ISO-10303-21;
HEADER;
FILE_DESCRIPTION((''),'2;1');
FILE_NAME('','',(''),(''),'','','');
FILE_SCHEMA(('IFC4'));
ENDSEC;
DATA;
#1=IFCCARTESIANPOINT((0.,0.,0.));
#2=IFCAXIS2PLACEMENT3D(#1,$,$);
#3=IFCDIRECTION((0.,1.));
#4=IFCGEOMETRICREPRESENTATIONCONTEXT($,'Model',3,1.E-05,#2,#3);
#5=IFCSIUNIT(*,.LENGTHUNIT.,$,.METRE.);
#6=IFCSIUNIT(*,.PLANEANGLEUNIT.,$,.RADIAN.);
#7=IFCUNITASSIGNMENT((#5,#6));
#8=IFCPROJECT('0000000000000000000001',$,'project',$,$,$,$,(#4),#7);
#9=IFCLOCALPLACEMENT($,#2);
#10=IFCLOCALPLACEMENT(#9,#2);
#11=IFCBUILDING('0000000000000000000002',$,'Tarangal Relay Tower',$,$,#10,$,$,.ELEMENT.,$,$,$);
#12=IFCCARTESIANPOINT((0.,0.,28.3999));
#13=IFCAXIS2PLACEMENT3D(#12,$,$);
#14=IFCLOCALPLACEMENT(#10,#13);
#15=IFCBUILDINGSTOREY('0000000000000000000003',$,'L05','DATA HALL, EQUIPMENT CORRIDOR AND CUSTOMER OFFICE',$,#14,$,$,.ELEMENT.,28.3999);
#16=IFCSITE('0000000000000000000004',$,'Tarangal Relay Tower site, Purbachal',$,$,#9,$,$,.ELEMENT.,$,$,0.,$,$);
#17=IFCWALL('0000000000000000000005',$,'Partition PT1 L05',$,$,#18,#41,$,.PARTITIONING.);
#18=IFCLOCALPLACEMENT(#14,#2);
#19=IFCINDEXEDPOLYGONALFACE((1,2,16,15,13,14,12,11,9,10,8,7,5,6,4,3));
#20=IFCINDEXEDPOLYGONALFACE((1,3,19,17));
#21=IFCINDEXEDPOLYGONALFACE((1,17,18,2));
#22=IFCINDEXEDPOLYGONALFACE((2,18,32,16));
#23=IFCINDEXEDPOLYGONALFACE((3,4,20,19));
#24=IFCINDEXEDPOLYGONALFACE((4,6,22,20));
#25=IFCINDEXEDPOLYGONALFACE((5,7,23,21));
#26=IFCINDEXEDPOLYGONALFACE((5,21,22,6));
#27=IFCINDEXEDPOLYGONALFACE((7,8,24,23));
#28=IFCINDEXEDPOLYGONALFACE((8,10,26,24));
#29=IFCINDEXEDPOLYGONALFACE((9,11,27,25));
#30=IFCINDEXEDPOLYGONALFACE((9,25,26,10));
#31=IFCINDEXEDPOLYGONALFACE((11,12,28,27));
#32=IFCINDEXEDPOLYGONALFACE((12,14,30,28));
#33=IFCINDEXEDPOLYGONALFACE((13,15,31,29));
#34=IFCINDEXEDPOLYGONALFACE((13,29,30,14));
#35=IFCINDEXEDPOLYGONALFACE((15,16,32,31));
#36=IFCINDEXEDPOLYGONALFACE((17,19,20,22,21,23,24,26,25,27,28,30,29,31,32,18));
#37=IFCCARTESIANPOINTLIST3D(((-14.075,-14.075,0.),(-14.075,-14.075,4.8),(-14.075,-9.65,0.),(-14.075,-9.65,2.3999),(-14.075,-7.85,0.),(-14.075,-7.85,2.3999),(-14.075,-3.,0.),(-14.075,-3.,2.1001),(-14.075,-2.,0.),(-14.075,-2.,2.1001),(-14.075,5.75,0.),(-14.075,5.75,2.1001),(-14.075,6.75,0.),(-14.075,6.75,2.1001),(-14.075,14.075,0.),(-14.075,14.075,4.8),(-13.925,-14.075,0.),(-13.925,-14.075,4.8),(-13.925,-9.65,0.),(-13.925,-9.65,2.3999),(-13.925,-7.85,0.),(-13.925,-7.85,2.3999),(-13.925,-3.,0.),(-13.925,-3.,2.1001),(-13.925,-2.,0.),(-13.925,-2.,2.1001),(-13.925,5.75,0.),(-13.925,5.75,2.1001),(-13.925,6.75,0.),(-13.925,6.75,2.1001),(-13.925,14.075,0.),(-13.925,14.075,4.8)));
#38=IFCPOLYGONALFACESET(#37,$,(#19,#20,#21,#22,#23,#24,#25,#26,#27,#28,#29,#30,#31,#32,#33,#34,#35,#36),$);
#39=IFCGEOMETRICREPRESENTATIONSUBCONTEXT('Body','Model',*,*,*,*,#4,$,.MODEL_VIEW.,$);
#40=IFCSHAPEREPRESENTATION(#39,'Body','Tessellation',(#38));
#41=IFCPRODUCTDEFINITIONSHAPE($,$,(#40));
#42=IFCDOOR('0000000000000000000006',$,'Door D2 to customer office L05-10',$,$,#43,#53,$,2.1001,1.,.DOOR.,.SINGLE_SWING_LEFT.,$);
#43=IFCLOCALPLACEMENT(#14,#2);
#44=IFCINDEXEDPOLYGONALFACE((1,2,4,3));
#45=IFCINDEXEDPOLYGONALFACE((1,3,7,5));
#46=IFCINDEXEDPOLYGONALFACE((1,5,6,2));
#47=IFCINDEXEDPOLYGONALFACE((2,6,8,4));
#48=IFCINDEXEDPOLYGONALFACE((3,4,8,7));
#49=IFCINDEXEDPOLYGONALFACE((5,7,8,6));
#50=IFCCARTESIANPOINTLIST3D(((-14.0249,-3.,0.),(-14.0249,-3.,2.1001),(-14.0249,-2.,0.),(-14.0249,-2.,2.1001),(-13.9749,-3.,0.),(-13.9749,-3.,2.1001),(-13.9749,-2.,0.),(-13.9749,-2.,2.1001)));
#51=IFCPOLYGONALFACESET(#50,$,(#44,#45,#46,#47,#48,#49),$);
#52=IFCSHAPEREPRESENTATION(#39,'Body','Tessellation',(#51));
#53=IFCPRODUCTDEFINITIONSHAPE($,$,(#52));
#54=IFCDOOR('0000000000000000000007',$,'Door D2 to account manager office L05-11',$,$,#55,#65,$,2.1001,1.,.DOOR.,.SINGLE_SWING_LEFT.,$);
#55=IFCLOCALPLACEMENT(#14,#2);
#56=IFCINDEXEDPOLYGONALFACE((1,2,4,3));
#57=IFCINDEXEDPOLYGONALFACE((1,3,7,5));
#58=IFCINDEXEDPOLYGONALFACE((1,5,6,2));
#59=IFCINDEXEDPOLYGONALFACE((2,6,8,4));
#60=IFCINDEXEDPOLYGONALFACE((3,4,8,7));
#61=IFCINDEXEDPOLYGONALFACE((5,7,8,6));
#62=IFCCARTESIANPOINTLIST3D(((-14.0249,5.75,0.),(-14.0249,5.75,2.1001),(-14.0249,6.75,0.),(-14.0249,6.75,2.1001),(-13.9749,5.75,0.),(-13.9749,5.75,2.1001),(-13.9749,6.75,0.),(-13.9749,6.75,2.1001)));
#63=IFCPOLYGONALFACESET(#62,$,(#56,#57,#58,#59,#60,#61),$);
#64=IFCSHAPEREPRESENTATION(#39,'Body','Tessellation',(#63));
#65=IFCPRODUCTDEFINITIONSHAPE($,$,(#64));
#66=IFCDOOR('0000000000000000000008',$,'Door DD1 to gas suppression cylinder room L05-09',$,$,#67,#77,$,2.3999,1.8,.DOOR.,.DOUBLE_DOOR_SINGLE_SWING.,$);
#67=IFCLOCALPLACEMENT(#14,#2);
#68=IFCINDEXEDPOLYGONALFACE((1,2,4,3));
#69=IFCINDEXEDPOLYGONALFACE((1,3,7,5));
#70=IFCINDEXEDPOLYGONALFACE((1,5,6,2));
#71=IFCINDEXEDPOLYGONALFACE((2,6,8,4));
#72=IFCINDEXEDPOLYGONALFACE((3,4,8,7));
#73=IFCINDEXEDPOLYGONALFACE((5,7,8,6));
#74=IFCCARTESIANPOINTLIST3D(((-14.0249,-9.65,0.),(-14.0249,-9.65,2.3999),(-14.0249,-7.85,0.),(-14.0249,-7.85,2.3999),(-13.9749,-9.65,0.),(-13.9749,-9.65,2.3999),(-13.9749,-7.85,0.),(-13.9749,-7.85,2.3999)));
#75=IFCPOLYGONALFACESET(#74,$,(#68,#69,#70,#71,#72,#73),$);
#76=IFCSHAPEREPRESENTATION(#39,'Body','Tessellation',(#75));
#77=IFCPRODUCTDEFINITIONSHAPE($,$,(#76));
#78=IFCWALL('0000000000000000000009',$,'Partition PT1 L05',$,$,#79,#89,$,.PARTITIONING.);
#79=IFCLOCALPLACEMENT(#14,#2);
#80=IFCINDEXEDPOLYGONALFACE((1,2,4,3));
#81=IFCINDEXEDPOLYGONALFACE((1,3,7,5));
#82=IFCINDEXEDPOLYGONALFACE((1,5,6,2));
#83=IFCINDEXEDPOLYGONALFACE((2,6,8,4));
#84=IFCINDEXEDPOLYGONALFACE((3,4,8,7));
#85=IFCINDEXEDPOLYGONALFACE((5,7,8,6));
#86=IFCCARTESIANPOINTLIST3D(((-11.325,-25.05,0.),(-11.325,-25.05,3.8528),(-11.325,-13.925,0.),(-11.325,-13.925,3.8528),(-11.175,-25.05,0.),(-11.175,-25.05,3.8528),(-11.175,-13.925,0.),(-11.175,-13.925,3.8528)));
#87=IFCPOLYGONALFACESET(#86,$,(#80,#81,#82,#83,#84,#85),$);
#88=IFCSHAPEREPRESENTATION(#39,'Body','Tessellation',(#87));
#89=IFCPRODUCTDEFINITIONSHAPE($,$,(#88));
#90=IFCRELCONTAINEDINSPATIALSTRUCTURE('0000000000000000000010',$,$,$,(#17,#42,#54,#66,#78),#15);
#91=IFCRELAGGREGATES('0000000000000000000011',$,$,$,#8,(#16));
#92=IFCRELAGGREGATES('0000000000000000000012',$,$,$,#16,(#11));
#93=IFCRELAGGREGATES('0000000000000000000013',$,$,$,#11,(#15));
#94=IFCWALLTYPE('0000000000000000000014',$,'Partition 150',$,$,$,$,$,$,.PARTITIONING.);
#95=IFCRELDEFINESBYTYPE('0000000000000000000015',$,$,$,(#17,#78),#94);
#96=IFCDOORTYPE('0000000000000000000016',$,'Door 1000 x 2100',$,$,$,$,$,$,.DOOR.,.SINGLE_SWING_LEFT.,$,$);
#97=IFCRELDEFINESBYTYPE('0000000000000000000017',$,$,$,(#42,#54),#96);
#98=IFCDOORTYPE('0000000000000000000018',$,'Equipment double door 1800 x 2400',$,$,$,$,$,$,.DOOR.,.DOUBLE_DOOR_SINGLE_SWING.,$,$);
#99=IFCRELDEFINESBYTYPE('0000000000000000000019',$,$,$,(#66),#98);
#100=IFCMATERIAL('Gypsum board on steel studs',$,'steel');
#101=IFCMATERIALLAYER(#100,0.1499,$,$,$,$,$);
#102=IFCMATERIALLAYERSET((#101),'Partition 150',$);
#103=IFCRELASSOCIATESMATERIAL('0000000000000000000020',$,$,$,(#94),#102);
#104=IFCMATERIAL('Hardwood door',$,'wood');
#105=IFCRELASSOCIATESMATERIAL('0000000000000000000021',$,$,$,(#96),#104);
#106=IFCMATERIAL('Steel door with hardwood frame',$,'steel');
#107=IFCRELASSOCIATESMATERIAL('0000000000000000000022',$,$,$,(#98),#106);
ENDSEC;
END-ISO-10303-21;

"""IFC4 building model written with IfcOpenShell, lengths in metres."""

from ifc_helpers import new_model, si_unit, direction, frame, frame_2d, origin, place, context, subcontext, project, spatial, rectangle, extrude, material, layer, layer_set, type_object, element, fill, save


model = new_model("IFC4")

# Units and contexts
model_context = context("Model", 3, precision=1e-05, world=origin(), true_north=direction((0.0, 1.0)))
body_context = subcontext(model_context, "Body", "Model", "MODEL_VIEW")
ifc_project = project(units=[si_unit("LENGTHUNIT", "METRE"), si_unit("PLANEANGLEUNIT", "RADIAN")], contexts=[model_context])

# Site, building, storey
site_placement = place(None, origin())
site = spatial("IfcSite", under=ifc_project, at=site_placement, Name="Tarangal Relay Tower site, Purbachal", CompositionType="ELEMENT", RefElevation=0.0)
building_placement = place(site_placement, origin())
building = spatial("IfcBuilding", under=site, at=building_placement, Name="Tarangal Relay Tower", CompositionType="ELEMENT")
storey_placement = place(building_placement, frame((0.0, 0.0, 28.3999)))
storey = spatial("IfcBuildingStorey", under=building, at=storey_placement, Name="L05", Description="DATA HALL, EQUIPMENT CORRIDOR AND CUSTOMER OFFICE", CompositionType="ELEMENT", Elevation=28.3999)

# Wall, openings, doors
ifc_material_1 = material(Name="Gypsum board on steel studs", Category="steel")
ifc_layer_1 = layer(ifc_material_1, 0.1499)
ifc_layer_set_1 = layer_set([ifc_layer_1], Name="Partition 150")
wall_type_1 = type_object("IfcWallType", Name="Partition 150", PredefinedType="PARTITIONING", material=ifc_layer_set_1)
ifc_material_2 = material(Name="Hardwood door", Category="wood")
door_type_1 = type_object("IfcDoorType", Name="Door 1000 x 2100", OperationType="SINGLE_SWING_LEFT", PredefinedType="DOOR", material=ifc_material_2)
ifc_material_3 = material(Name="Steel door with hardwood frame", Category="steel")
door_type_2 = type_object("IfcDoorType", Name="Equipment double door 1800 x 2400", OperationType="DOUBLE_DOOR_SINGLE_SWING", PredefinedType="DOOR", material=ifc_material_3)
wall_1_placement = place(storey_placement, frame((-14.0, -14.075, 0.0), z_axis=(0.0, 0.0, 1.0), x_axis=(0.0, 1.0, 0.0)))
wall_1 = element("IfcWall", 1, at=wall_1_placement, inside=storey, type_object=wall_type_1, Name="Partition PT1 L05", PredefinedType="PARTITIONING", context=body_context, shape_type="SweptSolid", body=[
    extrude(rectangle(XDim=28.1499, YDim=0.1499, at=frame_2d((14.075, 0.0))), origin(), (0.0, 0.0, 1.0), 4.8),
])
opening_1_placement = place(wall_1_placement, frame((4.425, 0.0, 0.0)))
opening_1 = element("IfcOpeningElement", 2, at=opening_1_placement, cuts=wall_1, PredefinedType="OPENING", context=body_context, shape_type="SweptSolid", body=[
    extrude(rectangle(XDim=1.8, YDim=2.3999, at=frame_2d((0.8999, 1.2))), frame((0.0, 0.085, 0.0), z_axis=(0.0, -1.0, 0.0), x_axis=(1.0, 0.0, 0.0)), (0.0, 0.0, 1.0), 0.1699),
])
opening_2_placement = place(wall_1_placement, frame((11.075, 0.0, 0.0)))
opening_2 = element("IfcOpeningElement", 3, at=opening_2_placement, cuts=wall_1, PredefinedType="OPENING", context=body_context, shape_type="SweptSolid", body=[
    extrude(rectangle(XDim=1.0, YDim=2.1001, at=frame_2d((0.5, 1.05))), frame((0.0, 0.085, 0.0), z_axis=(0.0, -1.0, 0.0), x_axis=(1.0, 0.0, 0.0)), (0.0, 0.0, 1.0), 0.1699),
])
opening_3_placement = place(wall_1_placement, frame((19.825, 0.0, 0.0)))
opening_3 = element("IfcOpeningElement", 4, at=opening_3_placement, cuts=wall_1, PredefinedType="OPENING", context=body_context, shape_type="SweptSolid", body=[
    extrude(rectangle(XDim=1.0, YDim=2.1001, at=frame_2d((0.5, 1.05))), frame((0.0, 0.085, 0.0), z_axis=(0.0, -1.0, 0.0), x_axis=(1.0, 0.0, 0.0)), (0.0, 0.0, 1.0), 0.1699),
])
door_1_placement = place(opening_2_placement, origin())
door_1 = element("IfcDoor", 5, at=door_1_placement, inside=storey, type_object=door_type_1, Name="Door D2 to customer office L05-10", OperationType="SINGLE_SWING_LEFT", OverallHeight=2.1001, OverallWidth=1.0, PredefinedType="DOOR", context=body_context, shape_type="SweptSolid", body=[
    extrude(rectangle(XDim=1.0, YDim=2.1001, at=frame_2d((0.5, 1.05))), frame((0.0, 0.0249, 0.0), z_axis=(0.0, -1.0, 0.0), x_axis=(1.0, 0.0, 0.0)), (0.0, 0.0, 1.0), 0.05),
])
fill(opening_2, door_1)
door_2_placement = place(opening_3_placement, origin())
door_2 = element("IfcDoor", 6, at=door_2_placement, inside=storey, type_object=door_type_1, Name="Door D2 to account manager office L05-11", OperationType="SINGLE_SWING_LEFT", OverallHeight=2.1001, OverallWidth=1.0, PredefinedType="DOOR", context=body_context, shape_type="SweptSolid", body=[
    extrude(rectangle(XDim=1.0, YDim=2.1001, at=frame_2d((0.5, 1.05))), frame((0.0, 0.0249, 0.0), z_axis=(0.0, -1.0, 0.0), x_axis=(1.0, 0.0, 0.0)), (0.0, 0.0, 1.0), 0.05),
])
fill(opening_3, door_2)
door_3_placement = place(opening_1_placement, origin())
door_3 = element("IfcDoor", 7, at=door_3_placement, inside=storey, type_object=door_type_2, Name="Door DD1 to gas suppression cylinder room L05-09", OperationType="DOUBLE_DOOR_SINGLE_SWING", OverallHeight=2.3999, OverallWidth=1.8, PredefinedType="DOOR", context=body_context, shape_type="SweptSolid", body=[
    extrude(rectangle(XDim=1.8, YDim=2.3999, at=frame_2d((0.8999, 1.2))), frame((0.0, 0.0249, 0.0), z_axis=(0.0, -1.0, 0.0), x_axis=(1.0, 0.0, 0.0)), (0.0, 0.0, 1.0), 0.05),
])
fill(opening_1, door_3)

# Wall
wall_2_placement = place(storey_placement, frame((-11.25, -25.05, 0.0), z_axis=(0.0, 0.0, 1.0), x_axis=(0.0, 1.0, 0.0)))
element("IfcWall", 8, at=wall_2_placement, inside=storey, type_object=wall_type_1, Name="Partition PT1 L05", PredefinedType="PARTITIONING", context=body_context, shape_type="SweptSolid", body=[
    extrude(rectangle(XDim=11.125, YDim=0.1499, at=frame_2d((5.5625, 0.0))), origin(), (0.0, 0.0, 1.0), 3.8528),
])

save(model, "model.ifc")
